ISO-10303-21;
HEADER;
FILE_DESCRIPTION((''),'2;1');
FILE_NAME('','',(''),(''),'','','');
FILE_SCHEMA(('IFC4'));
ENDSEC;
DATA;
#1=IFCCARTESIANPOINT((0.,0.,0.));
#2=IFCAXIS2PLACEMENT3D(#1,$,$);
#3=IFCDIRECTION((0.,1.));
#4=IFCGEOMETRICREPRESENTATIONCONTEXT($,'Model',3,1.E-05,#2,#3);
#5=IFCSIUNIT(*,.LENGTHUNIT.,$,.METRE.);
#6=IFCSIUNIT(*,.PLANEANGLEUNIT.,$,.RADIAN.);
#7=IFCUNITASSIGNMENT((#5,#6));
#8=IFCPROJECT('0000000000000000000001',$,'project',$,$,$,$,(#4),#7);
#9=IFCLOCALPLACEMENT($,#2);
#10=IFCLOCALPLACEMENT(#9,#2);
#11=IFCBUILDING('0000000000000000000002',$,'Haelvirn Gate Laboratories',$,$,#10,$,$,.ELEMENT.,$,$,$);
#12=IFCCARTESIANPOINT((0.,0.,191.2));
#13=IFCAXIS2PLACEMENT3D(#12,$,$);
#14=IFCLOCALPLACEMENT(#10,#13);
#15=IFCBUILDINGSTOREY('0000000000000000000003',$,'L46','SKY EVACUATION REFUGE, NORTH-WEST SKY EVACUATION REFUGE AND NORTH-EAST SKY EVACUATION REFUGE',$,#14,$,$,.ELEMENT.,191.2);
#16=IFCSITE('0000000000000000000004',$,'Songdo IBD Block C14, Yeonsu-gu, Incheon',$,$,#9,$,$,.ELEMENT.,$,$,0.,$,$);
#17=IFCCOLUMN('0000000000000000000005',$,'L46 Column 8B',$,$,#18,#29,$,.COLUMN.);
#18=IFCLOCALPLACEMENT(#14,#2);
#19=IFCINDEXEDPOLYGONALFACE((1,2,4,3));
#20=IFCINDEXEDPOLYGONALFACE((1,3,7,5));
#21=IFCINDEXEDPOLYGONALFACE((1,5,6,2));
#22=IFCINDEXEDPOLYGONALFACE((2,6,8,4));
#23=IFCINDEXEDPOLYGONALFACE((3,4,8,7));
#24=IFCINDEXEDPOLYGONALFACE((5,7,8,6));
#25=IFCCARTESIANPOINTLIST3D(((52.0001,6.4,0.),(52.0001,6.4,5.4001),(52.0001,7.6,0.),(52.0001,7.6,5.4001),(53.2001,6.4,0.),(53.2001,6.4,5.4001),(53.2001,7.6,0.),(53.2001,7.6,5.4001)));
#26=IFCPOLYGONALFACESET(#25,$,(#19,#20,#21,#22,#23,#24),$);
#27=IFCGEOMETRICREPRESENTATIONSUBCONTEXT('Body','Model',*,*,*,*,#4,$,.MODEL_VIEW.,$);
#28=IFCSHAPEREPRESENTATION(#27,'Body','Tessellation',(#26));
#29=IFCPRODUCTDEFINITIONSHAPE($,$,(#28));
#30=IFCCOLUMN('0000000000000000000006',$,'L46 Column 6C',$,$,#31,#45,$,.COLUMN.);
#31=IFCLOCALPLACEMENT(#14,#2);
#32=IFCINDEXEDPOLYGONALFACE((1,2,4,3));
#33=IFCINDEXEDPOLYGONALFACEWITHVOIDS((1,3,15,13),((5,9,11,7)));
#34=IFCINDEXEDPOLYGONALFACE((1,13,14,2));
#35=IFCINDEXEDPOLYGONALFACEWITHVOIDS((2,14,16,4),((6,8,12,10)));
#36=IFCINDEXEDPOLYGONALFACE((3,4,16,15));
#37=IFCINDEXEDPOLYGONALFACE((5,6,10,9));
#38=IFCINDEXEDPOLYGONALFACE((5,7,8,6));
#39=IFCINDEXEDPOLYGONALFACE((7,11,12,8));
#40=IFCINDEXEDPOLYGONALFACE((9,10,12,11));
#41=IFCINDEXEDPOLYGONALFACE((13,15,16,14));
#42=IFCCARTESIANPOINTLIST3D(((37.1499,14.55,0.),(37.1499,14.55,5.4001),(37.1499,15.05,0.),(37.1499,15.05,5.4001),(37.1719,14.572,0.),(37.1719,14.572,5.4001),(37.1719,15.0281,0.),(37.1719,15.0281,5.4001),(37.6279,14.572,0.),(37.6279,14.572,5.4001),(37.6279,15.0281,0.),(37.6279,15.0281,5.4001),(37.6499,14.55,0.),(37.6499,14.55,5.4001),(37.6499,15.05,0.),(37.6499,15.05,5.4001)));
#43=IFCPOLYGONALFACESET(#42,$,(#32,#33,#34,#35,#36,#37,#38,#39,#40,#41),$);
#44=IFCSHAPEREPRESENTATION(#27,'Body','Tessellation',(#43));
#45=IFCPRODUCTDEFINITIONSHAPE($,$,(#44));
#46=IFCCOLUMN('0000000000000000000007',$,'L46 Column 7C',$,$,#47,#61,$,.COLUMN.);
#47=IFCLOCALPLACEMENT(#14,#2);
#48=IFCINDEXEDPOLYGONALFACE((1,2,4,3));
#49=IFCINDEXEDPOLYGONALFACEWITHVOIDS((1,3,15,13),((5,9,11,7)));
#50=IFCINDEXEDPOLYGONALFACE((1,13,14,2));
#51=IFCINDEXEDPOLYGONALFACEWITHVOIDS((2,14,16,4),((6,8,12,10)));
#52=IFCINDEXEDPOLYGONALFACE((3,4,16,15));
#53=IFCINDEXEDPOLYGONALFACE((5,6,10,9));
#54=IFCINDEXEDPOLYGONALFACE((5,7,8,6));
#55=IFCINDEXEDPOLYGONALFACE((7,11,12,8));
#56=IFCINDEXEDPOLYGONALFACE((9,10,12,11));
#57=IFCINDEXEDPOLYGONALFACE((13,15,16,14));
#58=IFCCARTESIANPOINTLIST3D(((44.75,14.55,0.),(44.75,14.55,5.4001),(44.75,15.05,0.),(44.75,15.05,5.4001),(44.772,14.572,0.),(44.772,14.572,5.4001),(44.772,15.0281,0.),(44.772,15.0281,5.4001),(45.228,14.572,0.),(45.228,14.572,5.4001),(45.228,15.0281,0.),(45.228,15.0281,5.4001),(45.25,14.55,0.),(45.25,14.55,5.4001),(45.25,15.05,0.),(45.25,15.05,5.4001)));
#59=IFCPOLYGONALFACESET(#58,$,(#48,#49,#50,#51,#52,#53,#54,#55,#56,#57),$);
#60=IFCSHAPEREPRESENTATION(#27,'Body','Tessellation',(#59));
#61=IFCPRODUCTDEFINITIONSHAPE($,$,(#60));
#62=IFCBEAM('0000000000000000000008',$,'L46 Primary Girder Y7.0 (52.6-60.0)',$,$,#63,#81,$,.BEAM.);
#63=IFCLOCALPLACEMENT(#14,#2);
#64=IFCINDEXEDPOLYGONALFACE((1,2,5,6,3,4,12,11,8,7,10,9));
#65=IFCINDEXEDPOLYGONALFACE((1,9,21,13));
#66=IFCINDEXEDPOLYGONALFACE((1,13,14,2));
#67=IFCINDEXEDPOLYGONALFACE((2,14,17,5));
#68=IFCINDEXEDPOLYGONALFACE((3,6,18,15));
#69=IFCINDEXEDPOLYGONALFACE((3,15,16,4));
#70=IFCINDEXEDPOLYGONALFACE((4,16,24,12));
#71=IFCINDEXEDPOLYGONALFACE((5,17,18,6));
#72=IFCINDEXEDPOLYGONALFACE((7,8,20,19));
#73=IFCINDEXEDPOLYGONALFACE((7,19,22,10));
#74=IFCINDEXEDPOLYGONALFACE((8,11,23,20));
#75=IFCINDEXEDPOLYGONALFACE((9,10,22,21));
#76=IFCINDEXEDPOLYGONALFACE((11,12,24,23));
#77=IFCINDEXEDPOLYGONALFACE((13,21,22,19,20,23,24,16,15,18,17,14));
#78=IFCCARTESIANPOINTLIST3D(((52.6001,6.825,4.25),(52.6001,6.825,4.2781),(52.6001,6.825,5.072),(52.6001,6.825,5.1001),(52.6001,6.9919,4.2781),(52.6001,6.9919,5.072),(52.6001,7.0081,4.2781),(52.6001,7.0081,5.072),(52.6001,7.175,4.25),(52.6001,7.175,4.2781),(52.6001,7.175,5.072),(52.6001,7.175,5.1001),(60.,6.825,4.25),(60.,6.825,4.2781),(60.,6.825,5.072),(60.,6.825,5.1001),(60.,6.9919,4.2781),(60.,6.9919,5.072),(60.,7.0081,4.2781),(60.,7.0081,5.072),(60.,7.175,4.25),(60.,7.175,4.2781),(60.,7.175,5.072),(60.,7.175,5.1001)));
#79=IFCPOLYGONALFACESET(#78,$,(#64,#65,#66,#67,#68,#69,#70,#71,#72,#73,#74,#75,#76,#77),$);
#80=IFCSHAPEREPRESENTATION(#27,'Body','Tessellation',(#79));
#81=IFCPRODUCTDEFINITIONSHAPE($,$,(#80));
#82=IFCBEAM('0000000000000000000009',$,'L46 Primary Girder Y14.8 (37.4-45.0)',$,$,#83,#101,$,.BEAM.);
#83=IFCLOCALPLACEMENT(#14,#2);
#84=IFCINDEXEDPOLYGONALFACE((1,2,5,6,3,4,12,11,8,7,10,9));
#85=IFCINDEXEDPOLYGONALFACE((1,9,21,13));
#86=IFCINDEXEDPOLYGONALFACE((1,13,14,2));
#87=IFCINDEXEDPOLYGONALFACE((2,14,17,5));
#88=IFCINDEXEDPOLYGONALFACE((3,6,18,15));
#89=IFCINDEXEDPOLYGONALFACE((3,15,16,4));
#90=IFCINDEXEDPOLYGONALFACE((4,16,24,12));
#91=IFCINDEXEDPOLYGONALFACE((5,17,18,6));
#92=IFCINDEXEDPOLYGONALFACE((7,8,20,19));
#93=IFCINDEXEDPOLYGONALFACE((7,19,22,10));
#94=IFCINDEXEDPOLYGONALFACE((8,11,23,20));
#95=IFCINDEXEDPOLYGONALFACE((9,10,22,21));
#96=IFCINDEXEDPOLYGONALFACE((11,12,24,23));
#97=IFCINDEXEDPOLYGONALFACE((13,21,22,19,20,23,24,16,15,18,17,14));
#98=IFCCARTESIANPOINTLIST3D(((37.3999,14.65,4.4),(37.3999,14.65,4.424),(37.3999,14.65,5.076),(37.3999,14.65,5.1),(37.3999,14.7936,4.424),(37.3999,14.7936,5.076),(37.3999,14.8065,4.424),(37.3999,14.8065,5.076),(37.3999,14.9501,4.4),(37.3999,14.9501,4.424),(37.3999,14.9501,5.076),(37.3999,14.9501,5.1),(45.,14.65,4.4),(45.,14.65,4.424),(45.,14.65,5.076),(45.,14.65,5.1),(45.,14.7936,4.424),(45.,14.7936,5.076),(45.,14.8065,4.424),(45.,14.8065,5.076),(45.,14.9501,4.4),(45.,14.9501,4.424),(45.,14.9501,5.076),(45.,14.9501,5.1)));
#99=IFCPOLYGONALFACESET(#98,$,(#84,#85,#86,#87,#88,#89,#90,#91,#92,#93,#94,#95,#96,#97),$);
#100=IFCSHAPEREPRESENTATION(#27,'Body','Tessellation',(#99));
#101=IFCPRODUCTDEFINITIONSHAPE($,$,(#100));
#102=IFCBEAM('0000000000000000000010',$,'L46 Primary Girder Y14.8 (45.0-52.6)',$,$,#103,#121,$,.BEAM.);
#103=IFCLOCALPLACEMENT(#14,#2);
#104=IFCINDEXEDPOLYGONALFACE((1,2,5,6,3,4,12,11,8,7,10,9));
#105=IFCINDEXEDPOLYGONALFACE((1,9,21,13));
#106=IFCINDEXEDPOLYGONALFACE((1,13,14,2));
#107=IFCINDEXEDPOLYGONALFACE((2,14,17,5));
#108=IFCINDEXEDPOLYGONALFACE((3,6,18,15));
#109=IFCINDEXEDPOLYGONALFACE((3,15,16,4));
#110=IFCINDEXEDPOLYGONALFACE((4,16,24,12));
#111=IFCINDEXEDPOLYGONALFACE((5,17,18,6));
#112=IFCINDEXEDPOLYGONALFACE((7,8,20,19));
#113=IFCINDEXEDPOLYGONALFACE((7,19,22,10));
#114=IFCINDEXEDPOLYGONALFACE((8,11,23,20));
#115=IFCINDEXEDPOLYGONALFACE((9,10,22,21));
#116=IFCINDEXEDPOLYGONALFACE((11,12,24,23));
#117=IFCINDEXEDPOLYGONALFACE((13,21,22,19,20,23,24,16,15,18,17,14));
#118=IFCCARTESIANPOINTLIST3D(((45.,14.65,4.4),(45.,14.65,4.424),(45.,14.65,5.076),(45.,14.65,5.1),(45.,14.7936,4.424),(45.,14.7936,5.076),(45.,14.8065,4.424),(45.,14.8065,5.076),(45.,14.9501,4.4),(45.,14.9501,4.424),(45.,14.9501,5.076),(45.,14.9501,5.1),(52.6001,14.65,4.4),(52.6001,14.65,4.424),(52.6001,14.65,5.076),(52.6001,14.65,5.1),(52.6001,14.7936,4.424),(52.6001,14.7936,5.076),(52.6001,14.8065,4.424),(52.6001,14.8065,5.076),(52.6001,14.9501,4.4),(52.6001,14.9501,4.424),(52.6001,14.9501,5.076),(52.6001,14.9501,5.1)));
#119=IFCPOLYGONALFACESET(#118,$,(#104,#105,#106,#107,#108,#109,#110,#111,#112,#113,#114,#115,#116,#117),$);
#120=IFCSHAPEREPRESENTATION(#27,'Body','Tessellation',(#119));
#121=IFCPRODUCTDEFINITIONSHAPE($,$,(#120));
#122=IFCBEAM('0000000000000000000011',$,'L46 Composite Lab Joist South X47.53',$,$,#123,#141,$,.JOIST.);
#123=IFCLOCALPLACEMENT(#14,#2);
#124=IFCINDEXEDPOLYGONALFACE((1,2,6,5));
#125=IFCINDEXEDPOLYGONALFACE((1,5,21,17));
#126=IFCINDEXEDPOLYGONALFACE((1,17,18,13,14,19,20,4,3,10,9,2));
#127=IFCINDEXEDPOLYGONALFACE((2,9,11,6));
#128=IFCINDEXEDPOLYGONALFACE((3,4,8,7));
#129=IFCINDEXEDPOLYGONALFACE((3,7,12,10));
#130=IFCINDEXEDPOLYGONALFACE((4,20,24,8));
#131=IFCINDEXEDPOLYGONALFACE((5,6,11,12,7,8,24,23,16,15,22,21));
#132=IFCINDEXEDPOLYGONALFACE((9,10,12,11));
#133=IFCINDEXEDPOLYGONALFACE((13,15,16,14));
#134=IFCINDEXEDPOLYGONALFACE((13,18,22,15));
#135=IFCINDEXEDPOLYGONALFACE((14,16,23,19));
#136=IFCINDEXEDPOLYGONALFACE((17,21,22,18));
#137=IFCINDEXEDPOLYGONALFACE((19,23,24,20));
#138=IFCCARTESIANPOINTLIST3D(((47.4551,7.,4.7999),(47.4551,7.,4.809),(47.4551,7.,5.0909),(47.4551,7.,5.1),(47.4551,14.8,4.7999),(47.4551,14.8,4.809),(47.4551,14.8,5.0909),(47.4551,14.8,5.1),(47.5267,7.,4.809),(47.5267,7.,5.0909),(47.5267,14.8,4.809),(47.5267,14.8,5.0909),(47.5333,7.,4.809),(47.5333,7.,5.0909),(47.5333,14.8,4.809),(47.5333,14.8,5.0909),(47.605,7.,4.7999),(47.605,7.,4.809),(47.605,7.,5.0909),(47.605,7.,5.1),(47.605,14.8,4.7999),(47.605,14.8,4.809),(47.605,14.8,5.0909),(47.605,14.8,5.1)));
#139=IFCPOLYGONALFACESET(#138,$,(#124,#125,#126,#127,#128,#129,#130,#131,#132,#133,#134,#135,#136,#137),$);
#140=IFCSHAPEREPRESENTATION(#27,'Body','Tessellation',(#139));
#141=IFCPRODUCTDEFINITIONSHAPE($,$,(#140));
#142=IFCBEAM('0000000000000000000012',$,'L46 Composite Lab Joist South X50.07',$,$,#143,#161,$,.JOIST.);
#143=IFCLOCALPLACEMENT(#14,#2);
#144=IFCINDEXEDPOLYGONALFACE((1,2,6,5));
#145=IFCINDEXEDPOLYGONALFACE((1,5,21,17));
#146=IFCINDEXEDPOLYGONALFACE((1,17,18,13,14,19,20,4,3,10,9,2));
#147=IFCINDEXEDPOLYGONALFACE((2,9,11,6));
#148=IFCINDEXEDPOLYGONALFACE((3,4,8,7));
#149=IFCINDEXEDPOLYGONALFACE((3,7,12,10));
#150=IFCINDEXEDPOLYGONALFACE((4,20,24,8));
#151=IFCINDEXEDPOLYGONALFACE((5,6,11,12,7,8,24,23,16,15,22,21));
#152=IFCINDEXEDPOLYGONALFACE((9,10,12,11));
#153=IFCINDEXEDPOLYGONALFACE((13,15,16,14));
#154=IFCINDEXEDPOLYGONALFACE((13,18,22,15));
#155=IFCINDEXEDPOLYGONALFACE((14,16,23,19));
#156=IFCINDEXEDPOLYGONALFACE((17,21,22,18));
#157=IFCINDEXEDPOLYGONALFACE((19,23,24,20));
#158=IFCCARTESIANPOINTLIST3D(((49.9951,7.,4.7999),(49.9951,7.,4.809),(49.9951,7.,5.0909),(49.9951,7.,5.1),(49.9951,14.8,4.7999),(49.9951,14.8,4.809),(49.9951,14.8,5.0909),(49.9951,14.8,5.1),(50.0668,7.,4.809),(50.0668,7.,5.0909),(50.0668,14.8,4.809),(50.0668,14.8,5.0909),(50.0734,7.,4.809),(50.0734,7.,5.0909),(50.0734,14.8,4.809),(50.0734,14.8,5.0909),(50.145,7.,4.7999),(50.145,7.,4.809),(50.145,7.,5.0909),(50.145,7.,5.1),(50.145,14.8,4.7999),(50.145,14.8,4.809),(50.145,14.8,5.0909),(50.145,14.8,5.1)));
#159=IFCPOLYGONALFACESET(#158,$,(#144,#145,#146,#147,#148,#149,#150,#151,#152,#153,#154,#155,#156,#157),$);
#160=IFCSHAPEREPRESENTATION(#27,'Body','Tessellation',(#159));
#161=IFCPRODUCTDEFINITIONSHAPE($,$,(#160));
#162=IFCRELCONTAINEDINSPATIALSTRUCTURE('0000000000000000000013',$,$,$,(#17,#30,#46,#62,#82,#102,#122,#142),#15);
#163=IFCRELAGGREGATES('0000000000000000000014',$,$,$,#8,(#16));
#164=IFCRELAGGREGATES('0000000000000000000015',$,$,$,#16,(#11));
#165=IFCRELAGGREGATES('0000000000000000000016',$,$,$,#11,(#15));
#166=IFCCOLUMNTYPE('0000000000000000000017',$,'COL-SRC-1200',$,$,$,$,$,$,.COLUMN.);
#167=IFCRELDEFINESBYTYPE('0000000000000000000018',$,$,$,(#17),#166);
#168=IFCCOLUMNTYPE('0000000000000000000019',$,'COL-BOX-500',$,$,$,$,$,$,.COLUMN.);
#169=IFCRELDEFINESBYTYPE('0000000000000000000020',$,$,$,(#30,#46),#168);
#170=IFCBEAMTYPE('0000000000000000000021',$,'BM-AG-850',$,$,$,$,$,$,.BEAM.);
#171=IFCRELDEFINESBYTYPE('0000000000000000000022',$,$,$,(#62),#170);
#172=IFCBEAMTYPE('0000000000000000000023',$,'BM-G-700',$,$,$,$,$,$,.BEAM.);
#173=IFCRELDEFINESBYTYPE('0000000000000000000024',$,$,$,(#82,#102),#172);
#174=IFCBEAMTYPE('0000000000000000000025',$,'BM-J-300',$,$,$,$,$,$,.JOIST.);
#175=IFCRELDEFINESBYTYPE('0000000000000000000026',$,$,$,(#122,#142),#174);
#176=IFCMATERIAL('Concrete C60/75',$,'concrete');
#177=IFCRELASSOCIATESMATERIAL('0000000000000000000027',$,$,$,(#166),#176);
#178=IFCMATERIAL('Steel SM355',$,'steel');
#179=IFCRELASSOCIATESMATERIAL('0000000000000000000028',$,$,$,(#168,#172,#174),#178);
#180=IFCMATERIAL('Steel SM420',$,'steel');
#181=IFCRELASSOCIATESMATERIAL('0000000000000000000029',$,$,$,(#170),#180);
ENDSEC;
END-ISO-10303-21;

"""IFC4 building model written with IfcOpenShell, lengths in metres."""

from ifc_helpers import new_model, si_unit, direction, frame, origin, origin_2d, place, context, subcontext, project, spatial, rectangle, hollow_rectangle, i_section, extrude, source, transform, mapped, material, material_profile, profile_set, type_object, type_shapes, element, save


model = new_model("IFC4")

# Units and contexts
model_context = context("Model", 3, precision=1e-05, world=origin(), true_north=direction((0.0, 1.0)))
body_context = subcontext(model_context, "Body", "Model", "MODEL_VIEW")
ifc_project = project(units=[si_unit("LENGTHUNIT", "METRE"), si_unit("PLANEANGLEUNIT", "RADIAN")], contexts=[model_context])

# Site, building, storey
site_placement = place(None, origin())
site = spatial("IfcSite", under=ifc_project, at=site_placement, Name="Songdo IBD Block C14, Yeonsu-gu, Incheon", CompositionType="ELEMENT", RefElevation=0.0)
building_placement = place(site_placement, origin())
building = spatial("IfcBuilding", under=site, at=building_placement, Name="Haelvirn Gate Laboratories", CompositionType="ELEMENT")
storey_placement = place(building_placement, frame((0.0, 0.0, 191.2)))
storey = spatial("IfcBuildingStorey", under=building, at=storey_placement, Name="L46", Description="SKY EVACUATION REFUGE, NORTH-WEST SKY EVACUATION REFUGE AND NORTH-EAST SKY EVACUATION REFUGE", CompositionType="ELEMENT", Elevation=191.2)

# Columns
ifc_material_1 = material(Name="Concrete C60/75", Category="concrete")
ifc_material_profile_1 = material_profile(ifc_material_1, rectangle(XDim=1.2, YDim=1.2, at=origin_2d()), Name="SRC-1200x1200")
ifc_profile_set_1 = profile_set([ifc_material_profile_1], Name="Concrete C60/75")
column_type_1 = type_object("IfcColumnType", Name="COL-SRC-1200", PredefinedType="COLUMN", material=ifc_profile_set_1)
shared_shape_1 = source(origin(), body_context, "Body", "SweptSolid", [
    extrude(rectangle(XDim=1.2, YDim=1.2, at=origin_2d()), origin(), (0.0, 0.0, 1.0), 5.4001),
])
type_shapes(column_type_1, [shared_shape_1])
column_placement = place(storey_placement, frame((52.6001, 7.0, 0.0), z_axis=(0.0, 0.0, 1.0), x_axis=(1.0, 0.0, 0.0)))
element("IfcColumn", 1, at=column_placement, inside=storey, type_object=column_type_1, Name="L46 Column 8B", PredefinedType="COLUMN", context=body_context, shape_type="MappedRepresentation", body=[
    mapped(shared_shape_1, transform((0.0, 0.0, 0.0), scale=1.0)),
])
ifc_material_2 = material(Name="Steel SM355", Category="steel")
ifc_material_profile_2 = material_profile(ifc_material_2, hollow_rectangle(XDim=0.5, YDim=0.5, WallThickness=0.022, at=origin_2d()), Name="BOX-500x500x22")
ifc_profile_set_2 = profile_set([ifc_material_profile_2], Name="Steel SM355")
column_type_2 = type_object("IfcColumnType", Name="COL-BOX-500", PredefinedType="COLUMN", material=ifc_profile_set_2)
shared_shape_2 = source(origin(), body_context, "Body", "SweptSolid", [
    extrude(hollow_rectangle(XDim=0.5, YDim=0.5, WallThickness=0.022, at=origin_2d()), origin(), (0.0, 0.0, 1.0), 5.4001),
])
type_shapes(column_type_2, [shared_shape_2])
for number, where, z_axis, x_axis, name in (
    (2, (37.3999, 14.8, 0.0), (0.0, 0.0, 1.0), (1.0, 0.0, 0.0), "L46 Column 6C"),
    (3, (45.0, 14.8, 0.0), (0.0, 0.0, 1.0), (1.0, 0.0, 0.0), "L46 Column 7C"),
):
    element("IfcColumn", number, at=place(storey_placement, frame(where, z_axis=z_axis, x_axis=x_axis)), inside=storey, type_object=column_type_2, Name=name, PredefinedType="COLUMN", context=body_context, shape_type="MappedRepresentation", body=[
        mapped(shared_shape_2, transform((0.0, 0.0, 0.0), scale=1.0)),
    ])

# Beams
ifc_material_3 = material(Name="Steel SM420", Category="steel")
ifc_material_profile_3 = material_profile(ifc_material_3, i_section(OverallWidth=0.3501, OverallDepth=0.8501, WebThickness=0.0161, FlangeThickness=0.0281, at=origin_2d()), Name="H-850x350x16x28")
ifc_profile_set_3 = profile_set([ifc_material_profile_3], Name="Steel SM420")
beam_type_1 = type_object("IfcBeamType", Name="BM-AG-850", PredefinedType="BEAM", material=ifc_profile_set_3)
shared_shape_3 = source(origin(), body_context, "Body", "SweptSolid", [
    extrude(i_section(OverallWidth=0.3501, OverallDepth=0.8501, WebThickness=0.0161, FlangeThickness=0.0281, at=origin_2d()), origin(), (0.0, 0.0, 1.0), 7.3999),
])
type_shapes(beam_type_1, [shared_shape_3])
beam_placement = place(storey_placement, frame((52.6001, 7.0, 4.675), z_axis=(1.0, 0.0, 0.0), x_axis=(0.0, 1.0, 0.0)))
element("IfcBeam", 4, at=beam_placement, inside=storey, type_object=beam_type_1, Name="L46 Primary Girder Y7.0 (52.6-60.0)", PredefinedType="BEAM", context=body_context, shape_type="MappedRepresentation", body=[
    mapped(shared_shape_3, transform((0.0, 0.0, 0.0), scale=1.0)),
])
ifc_material_profile_4 = material_profile(ifc_material_2, i_section(OverallWidth=0.3, OverallDepth=0.7, WebThickness=0.0129, FlangeThickness=0.0239, at=origin_2d()), Name="H-700x300x13x24")
ifc_profile_set_4 = profile_set([ifc_material_profile_4], Name="Steel SM355")
beam_type_2 = type_object("IfcBeamType", Name="BM-G-700", PredefinedType="BEAM", material=ifc_profile_set_4)
shared_shape_4 = source(origin(), body_context, "Body", "SweptSolid", [
    extrude(i_section(OverallWidth=0.3, OverallDepth=0.7, WebThickness=0.0129, FlangeThickness=0.0239, at=origin_2d()), origin(), (0.0, 0.0, 1.0), 7.6001),
])
type_shapes(beam_type_2, [shared_shape_4])
for number, where, z_axis, x_axis, name in (
    (5, (37.3999, 14.8, 4.75), (1.0, 0.0, 0.0), (0.0, 1.0, 0.0), "L46 Primary Girder Y14.8 (37.4-45.0)"),
    (6, (45.0, 14.8, 4.75), (1.0, 0.0, 0.0), (0.0, 1.0, 0.0), "L46 Primary Girder Y14.8 (45.0-52.6)"),
):
    element("IfcBeam", number, at=place(storey_placement, frame(where, z_axis=z_axis, x_axis=x_axis)), inside=storey, type_object=beam_type_2, Name=name, PredefinedType="BEAM", context=body_context, shape_type="MappedRepresentation", body=[
        mapped(shared_shape_4, transform((0.0, 0.0, 0.0), scale=1.0)),
    ])
ifc_material_profile_5 = material_profile(ifc_material_2, i_section(OverallWidth=0.1499, OverallDepth=0.3, WebThickness=0.0066, FlangeThickness=0.009, at=origin_2d()), Name="H-300x150x6.5x9")
ifc_profile_set_5 = profile_set([ifc_material_profile_5], Name="Steel SM355")
beam_type_3 = type_object("IfcBeamType", Name="BM-J-300", PredefinedType="JOIST", material=ifc_profile_set_5)
shared_shape_5 = source(origin(), body_context, "Body", "SweptSolid", [
    extrude(i_section(OverallWidth=0.1499, OverallDepth=0.3, WebThickness=0.0066, FlangeThickness=0.009, at=origin_2d()), origin(), (0.0, 0.0, 1.0), 7.8),
])
type_shapes(beam_type_3, [shared_shape_5])
for number, where, z_axis, x_axis, name in (
    (7, (47.53, 7.0, 4.95), (0.0, 1.0, 0.0), (-1.0, 0.0, 0.0), "L46 Composite Lab Joist South X47.53"),
    (8, (50.0701, 7.0, 4.95), (0.0, 1.0, 0.0), (-1.0, 0.0, 0.0), "L46 Composite Lab Joist South X50.07"),
):
    element("IfcBeam", number, at=place(storey_placement, frame(where, z_axis=z_axis, x_axis=x_axis)), inside=storey, type_object=beam_type_3, Name=name, PredefinedType="JOIST", context=body_context, shape_type="MappedRepresentation", body=[
        mapped(shared_shape_5, transform((0.0, 0.0, 0.0), scale=1.0)),
    ])

save(model, "model.ifc")
